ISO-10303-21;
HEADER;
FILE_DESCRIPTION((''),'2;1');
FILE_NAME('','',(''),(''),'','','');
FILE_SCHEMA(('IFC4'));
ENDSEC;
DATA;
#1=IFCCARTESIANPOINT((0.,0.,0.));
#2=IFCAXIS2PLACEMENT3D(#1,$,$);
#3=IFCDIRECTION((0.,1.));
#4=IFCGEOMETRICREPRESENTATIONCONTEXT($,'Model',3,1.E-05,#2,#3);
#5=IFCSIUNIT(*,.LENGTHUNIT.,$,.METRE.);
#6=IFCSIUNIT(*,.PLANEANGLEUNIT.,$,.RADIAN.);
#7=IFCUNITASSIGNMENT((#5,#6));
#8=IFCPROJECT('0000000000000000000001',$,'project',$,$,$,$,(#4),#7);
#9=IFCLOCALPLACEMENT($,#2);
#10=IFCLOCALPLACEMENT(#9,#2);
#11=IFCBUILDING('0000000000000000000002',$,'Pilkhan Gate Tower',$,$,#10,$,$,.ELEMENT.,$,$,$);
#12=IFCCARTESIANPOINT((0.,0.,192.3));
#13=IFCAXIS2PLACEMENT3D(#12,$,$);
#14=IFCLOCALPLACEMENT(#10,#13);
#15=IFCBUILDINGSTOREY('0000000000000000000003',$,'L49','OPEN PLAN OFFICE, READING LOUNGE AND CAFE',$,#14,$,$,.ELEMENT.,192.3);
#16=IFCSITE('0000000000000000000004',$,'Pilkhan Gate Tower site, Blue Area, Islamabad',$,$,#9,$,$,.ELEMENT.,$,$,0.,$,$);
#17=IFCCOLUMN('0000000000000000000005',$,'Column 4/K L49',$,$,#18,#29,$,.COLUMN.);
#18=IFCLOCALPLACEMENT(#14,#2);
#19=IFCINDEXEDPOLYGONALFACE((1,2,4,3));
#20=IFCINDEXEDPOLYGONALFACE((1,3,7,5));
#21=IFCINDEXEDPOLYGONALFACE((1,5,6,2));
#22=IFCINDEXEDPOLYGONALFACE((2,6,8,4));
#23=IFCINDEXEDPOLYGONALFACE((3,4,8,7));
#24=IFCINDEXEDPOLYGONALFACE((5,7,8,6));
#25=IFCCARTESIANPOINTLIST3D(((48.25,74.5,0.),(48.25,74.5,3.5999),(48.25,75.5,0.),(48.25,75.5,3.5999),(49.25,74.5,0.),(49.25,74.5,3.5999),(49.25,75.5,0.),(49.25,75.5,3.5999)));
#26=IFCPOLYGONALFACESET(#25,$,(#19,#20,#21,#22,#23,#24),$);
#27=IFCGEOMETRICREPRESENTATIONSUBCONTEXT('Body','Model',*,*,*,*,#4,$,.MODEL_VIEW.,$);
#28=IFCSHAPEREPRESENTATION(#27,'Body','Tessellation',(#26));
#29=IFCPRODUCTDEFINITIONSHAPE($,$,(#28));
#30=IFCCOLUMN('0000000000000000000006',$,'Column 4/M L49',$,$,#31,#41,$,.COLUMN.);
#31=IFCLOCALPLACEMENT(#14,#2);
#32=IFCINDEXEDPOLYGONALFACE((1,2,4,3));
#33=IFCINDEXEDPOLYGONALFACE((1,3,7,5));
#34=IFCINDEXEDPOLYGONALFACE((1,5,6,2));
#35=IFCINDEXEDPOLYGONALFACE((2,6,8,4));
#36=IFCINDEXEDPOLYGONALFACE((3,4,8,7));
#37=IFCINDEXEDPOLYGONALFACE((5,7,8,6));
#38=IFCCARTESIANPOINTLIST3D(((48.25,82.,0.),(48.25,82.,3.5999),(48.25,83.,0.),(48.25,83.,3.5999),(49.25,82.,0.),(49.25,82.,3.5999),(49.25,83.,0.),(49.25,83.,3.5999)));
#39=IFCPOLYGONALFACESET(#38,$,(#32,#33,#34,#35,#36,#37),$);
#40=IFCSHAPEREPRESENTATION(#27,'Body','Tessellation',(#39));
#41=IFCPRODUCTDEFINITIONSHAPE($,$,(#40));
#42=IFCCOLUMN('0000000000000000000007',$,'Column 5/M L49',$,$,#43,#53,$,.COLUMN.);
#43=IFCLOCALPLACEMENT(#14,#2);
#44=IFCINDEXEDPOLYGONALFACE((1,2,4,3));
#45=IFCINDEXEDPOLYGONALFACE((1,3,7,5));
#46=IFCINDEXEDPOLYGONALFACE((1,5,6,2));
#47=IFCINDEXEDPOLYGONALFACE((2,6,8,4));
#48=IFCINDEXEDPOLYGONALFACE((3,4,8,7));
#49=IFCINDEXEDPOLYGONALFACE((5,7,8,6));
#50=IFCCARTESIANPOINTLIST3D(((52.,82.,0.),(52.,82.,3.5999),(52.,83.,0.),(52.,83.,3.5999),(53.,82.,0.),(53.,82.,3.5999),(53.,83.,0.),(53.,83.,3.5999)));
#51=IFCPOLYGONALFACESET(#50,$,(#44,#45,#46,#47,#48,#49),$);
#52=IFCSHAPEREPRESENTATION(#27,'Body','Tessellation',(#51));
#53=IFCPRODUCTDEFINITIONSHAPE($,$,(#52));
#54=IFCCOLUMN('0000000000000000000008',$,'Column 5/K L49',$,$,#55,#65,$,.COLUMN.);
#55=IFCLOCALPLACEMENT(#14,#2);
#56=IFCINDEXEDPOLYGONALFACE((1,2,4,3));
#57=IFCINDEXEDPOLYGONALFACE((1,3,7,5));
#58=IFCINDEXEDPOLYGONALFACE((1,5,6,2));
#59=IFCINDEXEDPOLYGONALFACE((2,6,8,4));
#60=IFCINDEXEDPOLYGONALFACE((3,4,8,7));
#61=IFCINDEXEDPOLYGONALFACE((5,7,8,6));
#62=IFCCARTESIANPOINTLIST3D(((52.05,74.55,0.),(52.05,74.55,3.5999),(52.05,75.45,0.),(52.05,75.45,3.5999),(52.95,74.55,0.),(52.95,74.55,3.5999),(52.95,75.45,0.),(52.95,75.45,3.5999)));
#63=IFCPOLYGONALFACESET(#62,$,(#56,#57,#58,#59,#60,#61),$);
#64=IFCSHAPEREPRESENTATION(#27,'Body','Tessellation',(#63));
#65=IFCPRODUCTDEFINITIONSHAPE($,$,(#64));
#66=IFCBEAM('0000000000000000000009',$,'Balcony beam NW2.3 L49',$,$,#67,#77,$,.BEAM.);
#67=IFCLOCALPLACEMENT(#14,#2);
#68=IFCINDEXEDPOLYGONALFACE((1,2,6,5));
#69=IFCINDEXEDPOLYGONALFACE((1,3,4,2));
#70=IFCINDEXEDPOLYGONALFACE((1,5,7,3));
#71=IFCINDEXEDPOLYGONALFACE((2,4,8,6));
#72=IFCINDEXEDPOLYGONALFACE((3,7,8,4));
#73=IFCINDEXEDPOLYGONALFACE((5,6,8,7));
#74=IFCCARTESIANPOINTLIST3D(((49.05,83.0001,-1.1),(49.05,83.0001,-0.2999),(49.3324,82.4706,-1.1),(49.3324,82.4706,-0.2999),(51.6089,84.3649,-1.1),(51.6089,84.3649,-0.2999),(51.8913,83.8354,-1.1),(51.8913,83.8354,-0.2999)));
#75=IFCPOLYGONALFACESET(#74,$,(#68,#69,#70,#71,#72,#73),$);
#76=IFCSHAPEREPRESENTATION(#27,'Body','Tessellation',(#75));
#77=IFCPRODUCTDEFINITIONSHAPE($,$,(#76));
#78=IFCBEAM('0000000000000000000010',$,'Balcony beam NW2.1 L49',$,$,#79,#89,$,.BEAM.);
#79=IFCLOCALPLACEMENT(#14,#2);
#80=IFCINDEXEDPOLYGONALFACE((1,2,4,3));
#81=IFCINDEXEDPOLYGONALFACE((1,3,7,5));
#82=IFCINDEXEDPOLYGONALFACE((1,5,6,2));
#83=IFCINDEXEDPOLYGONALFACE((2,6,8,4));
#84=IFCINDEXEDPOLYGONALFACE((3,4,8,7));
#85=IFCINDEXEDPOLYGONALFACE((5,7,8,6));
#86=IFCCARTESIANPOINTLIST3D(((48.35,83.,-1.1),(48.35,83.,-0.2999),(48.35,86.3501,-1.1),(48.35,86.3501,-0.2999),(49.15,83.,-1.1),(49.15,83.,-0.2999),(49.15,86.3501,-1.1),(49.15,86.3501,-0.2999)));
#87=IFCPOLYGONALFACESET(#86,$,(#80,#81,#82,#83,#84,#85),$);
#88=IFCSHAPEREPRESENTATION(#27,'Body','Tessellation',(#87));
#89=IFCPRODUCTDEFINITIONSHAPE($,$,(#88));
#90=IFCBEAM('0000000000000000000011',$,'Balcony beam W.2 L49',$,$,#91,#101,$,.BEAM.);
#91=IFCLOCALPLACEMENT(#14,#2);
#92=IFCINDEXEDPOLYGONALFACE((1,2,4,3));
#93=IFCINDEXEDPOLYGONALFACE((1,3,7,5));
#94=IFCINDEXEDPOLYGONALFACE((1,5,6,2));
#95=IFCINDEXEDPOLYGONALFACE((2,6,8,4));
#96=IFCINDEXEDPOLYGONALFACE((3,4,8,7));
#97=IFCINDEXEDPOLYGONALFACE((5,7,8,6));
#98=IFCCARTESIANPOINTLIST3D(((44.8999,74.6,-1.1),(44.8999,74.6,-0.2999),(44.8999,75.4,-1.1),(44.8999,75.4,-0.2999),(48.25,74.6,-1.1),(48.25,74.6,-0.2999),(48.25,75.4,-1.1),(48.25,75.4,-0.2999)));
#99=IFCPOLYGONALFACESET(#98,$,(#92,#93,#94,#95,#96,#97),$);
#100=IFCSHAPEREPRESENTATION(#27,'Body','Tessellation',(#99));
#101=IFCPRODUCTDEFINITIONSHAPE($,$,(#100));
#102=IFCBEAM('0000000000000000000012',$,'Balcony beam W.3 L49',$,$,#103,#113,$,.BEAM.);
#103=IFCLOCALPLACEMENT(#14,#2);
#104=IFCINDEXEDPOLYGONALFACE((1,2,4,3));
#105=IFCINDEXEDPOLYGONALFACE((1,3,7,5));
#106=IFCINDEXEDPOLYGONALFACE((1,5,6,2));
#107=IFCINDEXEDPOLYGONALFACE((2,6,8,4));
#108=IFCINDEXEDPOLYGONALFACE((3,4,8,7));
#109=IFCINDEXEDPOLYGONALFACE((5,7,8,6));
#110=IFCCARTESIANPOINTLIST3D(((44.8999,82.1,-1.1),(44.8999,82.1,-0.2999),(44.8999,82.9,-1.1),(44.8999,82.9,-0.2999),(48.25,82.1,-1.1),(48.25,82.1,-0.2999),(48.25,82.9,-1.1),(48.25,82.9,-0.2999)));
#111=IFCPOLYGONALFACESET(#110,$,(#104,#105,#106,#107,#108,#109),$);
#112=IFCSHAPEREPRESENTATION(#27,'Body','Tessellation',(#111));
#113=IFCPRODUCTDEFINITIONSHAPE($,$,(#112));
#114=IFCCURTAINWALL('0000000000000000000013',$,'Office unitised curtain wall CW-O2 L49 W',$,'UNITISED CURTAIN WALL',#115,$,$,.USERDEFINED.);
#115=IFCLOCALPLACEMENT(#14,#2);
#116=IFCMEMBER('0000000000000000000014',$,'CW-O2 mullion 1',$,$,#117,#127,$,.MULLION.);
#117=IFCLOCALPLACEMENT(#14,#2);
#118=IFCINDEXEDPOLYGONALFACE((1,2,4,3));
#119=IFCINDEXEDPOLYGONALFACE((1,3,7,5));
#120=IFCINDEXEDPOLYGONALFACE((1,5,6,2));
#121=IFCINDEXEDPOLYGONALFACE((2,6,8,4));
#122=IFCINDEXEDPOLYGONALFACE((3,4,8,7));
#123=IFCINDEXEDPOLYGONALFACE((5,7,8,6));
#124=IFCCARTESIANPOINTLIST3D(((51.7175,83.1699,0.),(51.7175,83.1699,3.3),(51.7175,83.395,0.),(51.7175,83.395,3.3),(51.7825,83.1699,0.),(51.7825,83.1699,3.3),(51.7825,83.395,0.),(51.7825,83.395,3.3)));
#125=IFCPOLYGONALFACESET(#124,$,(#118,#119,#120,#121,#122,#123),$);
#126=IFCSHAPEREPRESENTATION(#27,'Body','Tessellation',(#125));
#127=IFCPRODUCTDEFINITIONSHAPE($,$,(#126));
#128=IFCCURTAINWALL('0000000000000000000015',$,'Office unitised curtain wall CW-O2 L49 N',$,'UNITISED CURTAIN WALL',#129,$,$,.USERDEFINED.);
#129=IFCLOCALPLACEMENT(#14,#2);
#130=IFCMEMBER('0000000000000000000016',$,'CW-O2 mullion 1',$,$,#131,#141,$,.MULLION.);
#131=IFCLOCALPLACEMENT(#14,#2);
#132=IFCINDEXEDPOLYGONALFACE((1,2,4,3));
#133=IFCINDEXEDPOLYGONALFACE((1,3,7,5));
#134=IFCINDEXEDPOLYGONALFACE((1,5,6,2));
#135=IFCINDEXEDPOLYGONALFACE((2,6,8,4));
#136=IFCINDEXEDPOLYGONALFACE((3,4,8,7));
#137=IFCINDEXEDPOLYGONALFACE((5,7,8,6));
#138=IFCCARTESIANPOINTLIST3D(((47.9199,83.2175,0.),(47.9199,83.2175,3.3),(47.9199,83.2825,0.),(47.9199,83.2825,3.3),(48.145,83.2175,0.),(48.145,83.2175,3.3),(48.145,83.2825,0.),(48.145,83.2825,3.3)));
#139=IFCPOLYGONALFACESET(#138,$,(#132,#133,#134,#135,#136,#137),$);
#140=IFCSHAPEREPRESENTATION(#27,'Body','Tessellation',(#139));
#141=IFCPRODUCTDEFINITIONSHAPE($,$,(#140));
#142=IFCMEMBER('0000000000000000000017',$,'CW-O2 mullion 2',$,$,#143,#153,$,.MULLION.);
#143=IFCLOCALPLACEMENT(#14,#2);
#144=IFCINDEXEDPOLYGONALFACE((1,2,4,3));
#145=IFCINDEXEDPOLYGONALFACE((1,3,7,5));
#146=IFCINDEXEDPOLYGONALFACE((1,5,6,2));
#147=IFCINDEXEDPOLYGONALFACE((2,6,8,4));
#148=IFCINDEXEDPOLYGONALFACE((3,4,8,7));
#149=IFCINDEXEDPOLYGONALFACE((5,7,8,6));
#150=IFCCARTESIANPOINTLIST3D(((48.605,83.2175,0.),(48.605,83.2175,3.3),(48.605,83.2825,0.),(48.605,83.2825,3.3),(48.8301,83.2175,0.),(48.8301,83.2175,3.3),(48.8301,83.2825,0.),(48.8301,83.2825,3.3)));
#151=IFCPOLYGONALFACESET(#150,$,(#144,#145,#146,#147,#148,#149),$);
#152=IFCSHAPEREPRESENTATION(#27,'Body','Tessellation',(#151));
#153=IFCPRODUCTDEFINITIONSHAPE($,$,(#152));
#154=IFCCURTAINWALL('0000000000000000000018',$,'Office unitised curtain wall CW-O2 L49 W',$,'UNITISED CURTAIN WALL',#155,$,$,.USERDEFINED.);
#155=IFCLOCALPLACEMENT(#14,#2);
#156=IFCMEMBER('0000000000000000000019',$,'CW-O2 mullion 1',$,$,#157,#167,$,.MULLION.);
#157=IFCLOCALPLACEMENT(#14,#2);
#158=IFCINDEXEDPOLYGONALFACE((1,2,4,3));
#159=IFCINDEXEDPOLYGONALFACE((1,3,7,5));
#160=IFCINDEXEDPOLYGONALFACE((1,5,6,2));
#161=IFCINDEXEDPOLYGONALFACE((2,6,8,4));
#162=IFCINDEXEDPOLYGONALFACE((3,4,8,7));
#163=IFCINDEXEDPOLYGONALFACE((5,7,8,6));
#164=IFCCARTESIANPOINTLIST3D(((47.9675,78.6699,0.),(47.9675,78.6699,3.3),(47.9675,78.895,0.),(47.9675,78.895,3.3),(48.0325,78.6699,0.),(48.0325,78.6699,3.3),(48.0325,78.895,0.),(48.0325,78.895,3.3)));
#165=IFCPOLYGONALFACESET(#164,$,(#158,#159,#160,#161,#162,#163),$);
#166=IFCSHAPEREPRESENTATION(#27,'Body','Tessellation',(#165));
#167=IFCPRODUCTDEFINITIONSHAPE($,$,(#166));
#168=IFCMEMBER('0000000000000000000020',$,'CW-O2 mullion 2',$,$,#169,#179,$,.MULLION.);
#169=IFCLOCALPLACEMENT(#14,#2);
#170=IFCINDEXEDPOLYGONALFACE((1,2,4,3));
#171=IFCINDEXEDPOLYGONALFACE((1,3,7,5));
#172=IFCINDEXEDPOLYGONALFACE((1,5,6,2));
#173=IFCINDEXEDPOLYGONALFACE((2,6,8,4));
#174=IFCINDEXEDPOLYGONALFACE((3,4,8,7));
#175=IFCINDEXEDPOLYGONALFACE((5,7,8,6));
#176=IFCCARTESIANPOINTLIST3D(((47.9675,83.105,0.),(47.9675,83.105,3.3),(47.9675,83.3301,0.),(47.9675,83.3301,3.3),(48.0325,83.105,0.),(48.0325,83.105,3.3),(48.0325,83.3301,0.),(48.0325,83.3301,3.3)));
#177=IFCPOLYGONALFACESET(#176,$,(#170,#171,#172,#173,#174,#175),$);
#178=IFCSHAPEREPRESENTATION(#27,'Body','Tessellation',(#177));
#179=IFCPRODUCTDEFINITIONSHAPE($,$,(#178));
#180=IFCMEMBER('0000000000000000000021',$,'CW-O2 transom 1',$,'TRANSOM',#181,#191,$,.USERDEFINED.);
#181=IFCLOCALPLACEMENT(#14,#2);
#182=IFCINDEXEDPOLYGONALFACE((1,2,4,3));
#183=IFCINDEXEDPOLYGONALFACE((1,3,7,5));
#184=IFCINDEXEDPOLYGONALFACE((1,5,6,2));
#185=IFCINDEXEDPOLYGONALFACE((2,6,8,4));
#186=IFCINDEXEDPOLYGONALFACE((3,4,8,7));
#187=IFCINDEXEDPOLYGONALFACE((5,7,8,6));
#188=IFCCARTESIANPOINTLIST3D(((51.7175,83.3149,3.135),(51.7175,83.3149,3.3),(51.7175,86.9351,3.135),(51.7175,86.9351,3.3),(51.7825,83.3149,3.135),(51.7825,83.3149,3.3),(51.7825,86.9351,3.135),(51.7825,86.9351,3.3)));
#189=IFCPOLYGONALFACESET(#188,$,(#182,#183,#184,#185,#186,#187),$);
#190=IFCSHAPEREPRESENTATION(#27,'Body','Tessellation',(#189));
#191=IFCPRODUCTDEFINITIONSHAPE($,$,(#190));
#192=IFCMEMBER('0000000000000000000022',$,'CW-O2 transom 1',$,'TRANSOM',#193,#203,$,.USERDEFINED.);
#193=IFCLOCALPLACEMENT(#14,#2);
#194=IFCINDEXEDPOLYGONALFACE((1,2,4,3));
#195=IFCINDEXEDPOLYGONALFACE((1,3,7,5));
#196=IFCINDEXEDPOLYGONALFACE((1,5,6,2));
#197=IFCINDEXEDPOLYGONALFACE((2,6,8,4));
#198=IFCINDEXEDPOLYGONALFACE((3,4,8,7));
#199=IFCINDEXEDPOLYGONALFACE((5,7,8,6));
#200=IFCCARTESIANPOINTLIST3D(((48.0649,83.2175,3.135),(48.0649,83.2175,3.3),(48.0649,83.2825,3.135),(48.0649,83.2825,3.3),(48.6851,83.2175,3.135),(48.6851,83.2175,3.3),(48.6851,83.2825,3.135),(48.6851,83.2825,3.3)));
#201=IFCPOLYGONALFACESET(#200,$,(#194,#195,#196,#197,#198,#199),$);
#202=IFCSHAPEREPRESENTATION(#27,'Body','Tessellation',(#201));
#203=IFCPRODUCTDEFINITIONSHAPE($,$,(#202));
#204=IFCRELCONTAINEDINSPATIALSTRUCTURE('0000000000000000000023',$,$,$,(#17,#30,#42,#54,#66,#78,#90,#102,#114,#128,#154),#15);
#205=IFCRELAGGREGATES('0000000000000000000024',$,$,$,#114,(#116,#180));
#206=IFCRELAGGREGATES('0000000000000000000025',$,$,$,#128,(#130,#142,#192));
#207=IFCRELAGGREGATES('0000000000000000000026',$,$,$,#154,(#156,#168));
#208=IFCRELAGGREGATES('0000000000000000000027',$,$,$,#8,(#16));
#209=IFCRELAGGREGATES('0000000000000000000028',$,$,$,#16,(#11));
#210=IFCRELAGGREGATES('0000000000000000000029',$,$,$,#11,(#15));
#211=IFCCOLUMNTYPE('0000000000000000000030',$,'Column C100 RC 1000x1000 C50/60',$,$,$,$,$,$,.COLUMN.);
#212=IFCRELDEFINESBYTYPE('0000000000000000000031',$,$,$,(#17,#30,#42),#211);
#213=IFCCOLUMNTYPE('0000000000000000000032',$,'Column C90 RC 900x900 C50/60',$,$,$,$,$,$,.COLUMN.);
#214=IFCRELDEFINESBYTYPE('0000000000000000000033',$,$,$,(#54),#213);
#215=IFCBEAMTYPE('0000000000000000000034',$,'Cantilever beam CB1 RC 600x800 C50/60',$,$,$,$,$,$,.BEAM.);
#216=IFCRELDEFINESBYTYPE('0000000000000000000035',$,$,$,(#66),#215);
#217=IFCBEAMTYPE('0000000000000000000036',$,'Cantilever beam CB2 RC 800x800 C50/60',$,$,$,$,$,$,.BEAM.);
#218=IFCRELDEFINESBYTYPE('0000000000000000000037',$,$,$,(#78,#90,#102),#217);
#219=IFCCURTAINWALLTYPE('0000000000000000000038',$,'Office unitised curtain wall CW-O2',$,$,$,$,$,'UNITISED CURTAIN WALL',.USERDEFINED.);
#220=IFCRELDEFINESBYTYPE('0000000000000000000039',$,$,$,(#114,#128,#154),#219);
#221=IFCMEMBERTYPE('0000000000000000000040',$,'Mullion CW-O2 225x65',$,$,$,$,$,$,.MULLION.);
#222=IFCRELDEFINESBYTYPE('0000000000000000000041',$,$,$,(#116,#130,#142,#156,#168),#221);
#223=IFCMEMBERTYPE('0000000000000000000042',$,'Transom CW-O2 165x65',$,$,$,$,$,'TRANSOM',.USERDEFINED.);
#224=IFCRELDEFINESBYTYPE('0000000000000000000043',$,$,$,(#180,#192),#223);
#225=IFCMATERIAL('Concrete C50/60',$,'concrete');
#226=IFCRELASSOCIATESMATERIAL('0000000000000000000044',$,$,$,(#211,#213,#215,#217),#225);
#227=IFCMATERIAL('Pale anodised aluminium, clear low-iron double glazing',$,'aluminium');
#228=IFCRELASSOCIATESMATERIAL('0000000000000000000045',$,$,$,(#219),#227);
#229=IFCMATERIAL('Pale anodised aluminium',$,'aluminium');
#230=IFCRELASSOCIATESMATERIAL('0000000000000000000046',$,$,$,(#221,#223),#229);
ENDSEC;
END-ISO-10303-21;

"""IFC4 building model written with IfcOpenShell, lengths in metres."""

from ifc_helpers import new_model, si_unit, direction, frame, origin, origin_2d, place, context, subcontext, project, spatial, rectangle, extrude, material, material_profile, profile_set, type_object, element, aggregate, save


model = new_model("IFC4")

# Units and contexts
model_context = context("Model", 3, precision=1e-05, world=origin(), true_north=direction((0.0, 1.0)))
body_context = subcontext(model_context, "Body", "Model", "MODEL_VIEW")
ifc_project = project(units=[si_unit("LENGTHUNIT", "METRE"), si_unit("PLANEANGLEUNIT", "RADIAN")], contexts=[model_context])

# Site, building, storey
site_placement = place(None, origin())
site = spatial("IfcSite", under=ifc_project, at=site_placement, Name="Pilkhan Gate Tower site, Blue Area, Islamabad", CompositionType="ELEMENT", RefElevation=0.0)
building_placement = place(site_placement, origin())
building = spatial("IfcBuilding", under=site, at=building_placement, Name="Pilkhan Gate Tower", CompositionType="ELEMENT")
storey_placement = place(building_placement, frame((0.0, 0.0, 192.3)))
storey = spatial("IfcBuildingStorey", under=building, at=storey_placement, Name="L49", Description="OPEN PLAN OFFICE, READING LOUNGE AND CAFE", CompositionType="ELEMENT", Elevation=192.3)

# Columns
ifc_material_1 = material(Name="Concrete C50/60", Category="concrete")
ifc_material_profile_1 = material_profile(ifc_material_1, rectangle(XDim=1.0, YDim=1.0, at=origin_2d()), Name="RC 1000x1000")
ifc_profile_set_1 = profile_set([ifc_material_profile_1], Name="Concrete C50/60")
column_type_1 = type_object("IfcColumnType", Name="Column C100 RC 1000x1000 C50/60", PredefinedType="COLUMN", material=ifc_profile_set_1)
for number, where, z_axis, x_axis, name in (
    (1, (48.75, 75.0, 0.0), (0.0, 0.0, 1.0), (1.0, 0.0, 0.0), "Column 4/K L49"),
    (2, (48.75, 82.5, 0.0), (0.0, 0.0, 1.0), (1.0, 0.0, 0.0), "Column 4/M L49"),
    (3, (52.5, 82.5, 0.0), (0.0, 0.0, 1.0), (1.0, 0.0, 0.0), "Column 5/M L49"),
):
    element("IfcColumn", number, at=place(storey_placement, frame(where, z_axis=z_axis, x_axis=x_axis)), inside=storey, type_object=column_type_1, Name=name, PredefinedType="COLUMN", context=body_context, shape_type="SweptSolid", body=[
        extrude(rectangle(XDim=1.0, YDim=1.0, at=origin_2d()), origin(), (0.0, 0.0, 1.0), 3.5999),
    ])
ifc_material_profile_2 = material_profile(ifc_material_1, rectangle(XDim=0.8999, YDim=0.8999, at=origin_2d()), Name="RC 900x900")
ifc_profile_set_2 = profile_set([ifc_material_profile_2], Name="Concrete C50/60")
column_type_2 = type_object("IfcColumnType", Name="Column C90 RC 900x900 C50/60", PredefinedType="COLUMN", material=ifc_profile_set_2)
column_placement = place(storey_placement, frame((52.5, 75.0, 0.0), z_axis=(0.0, 0.0, 1.0), x_axis=(1.0, 0.0, 0.0)))
element("IfcColumn", 4, at=column_placement, inside=storey, type_object=column_type_2, Name="Column 5/K L49", PredefinedType="COLUMN", context=body_context, shape_type="SweptSolid", body=[
    extrude(rectangle(XDim=0.8999, YDim=0.8999, at=origin_2d()), origin(), (0.0, 0.0, 1.0), 3.5999),
])

# Beams
ifc_material_profile_3 = material_profile(ifc_material_1, rectangle(XDim=0.6001, YDim=0.8, at=origin_2d()), Name="RC 600x800")
ifc_profile_set_3 = profile_set([ifc_material_profile_3], Name="Concrete C50/60")
beam_type_1 = type_object("IfcBeamType", Name="Cantilever beam CB1 RC 600x800 C50/60", PredefinedType="BEAM", material=ifc_profile_set_3)
beam_placement = place(storey_placement, frame((49.1912, 82.7354, -0.7), z_axis=(0.882348, 0.470597, 0.0), x_axis=(-0.470597, 0.882348, 0.0)))
element("IfcBeam", 5, at=beam_placement, inside=storey, type_object=beam_type_1, Name="Balcony beam NW2.3 L49", PredefinedType="BEAM", context=body_context, shape_type="SweptSolid", body=[
    extrude(rectangle(XDim=0.6001, YDim=0.8, at=origin_2d()), origin(), (0.0, 0.0, 1.0), 2.9001),
])
ifc_material_profile_4 = material_profile(ifc_material_1, rectangle(XDim=0.8, YDim=0.8, at=origin_2d()), Name="RC 800x800")
ifc_profile_set_4 = profile_set([ifc_material_profile_4], Name="Concrete C50/60")
beam_type_2 = type_object("IfcBeamType", Name="Cantilever beam CB2 RC 800x800 C50/60", PredefinedType="BEAM", material=ifc_profile_set_4)
for number, where, z_axis, x_axis, name in (
    (6, (48.75, 83.0, -0.7), (0.0, 1.0, 0.0), (-1.0, 0.0, 0.0), "Balcony beam NW2.1 L49"),
    (7, (48.25, 75.0, -0.7), (-1.0, 0.0, 0.0), (0.0, -1.0, 0.0), "Balcony beam W.2 L49"),
    (8, (48.25, 82.5, -0.7), (-1.0, 0.0, 0.0), (0.0, -1.0, 0.0), "Balcony beam W.3 L49"),
):
    element("IfcBeam", number, at=place(storey_placement, frame(where, z_axis=z_axis, x_axis=x_axis)), inside=storey, type_object=beam_type_2, Name=name, PredefinedType="BEAM", context=body_context, shape_type="SweptSolid", body=[
        extrude(rectangle(XDim=0.8, YDim=0.8, at=origin_2d()), origin(), (0.0, 0.0, 1.0), 3.3501),
    ])

# Curtain wall, member
ifc_material_2 = material(Name="Pale anodised aluminium, clear low-iron double glazing", Category="aluminium")
curtain_wall_type = type_object("IfcCurtainWallType", Name="Office unitised curtain wall CW-O2", ElementType="UNITISED CURTAIN WALL", PredefinedType="USERDEFINED", material=ifc_material_2)
curtain_wall_1_placement = place(storey_placement, origin())
curtain_wall_1 = element("IfcCurtainWall", 9, at=curtain_wall_1_placement, inside=storey, type_object=curtain_wall_type, Name="Office unitised curtain wall CW-O2 L49 W", ObjectType="UNITISED CURTAIN WALL", PredefinedType="USERDEFINED")
ifc_material_3 = material(Name="Pale anodised aluminium", Category="aluminium")
ifc_material_profile_5 = material_profile(ifc_material_3, rectangle(XDim=0.0649, YDim=0.2251, at=origin_2d()), Name="Mullion 225x65")
ifc_profile_set_5 = profile_set([ifc_material_profile_5], Name="Pale anodised aluminium")
member_type_1 = type_object("IfcMemberType", Name="Mullion CW-O2 225x65", PredefinedType="MULLION", material=ifc_profile_set_5)
member_1_placement = place(storey_placement, frame((51.75, 83.2825, 0.0), z_axis=(0.0, 0.0, 1.0), x_axis=(-1.0, 0.0, 0.0)))
member_1 = element("IfcMember", 10, at=member_1_placement, type_object=member_type_1, Name="CW-O2 mullion 1", PredefinedType="MULLION", context=body_context, shape_type="SweptSolid", body=[
    extrude(rectangle(XDim=0.0649, YDim=0.2251, at=origin_2d()), origin(), (0.0, 0.0, 1.0), 3.3),
])

# Curtain walls, members
curtain_wall_2_placement = place(storey_placement, origin())
curtain_wall_2 = element("IfcCurtainWall", 11, at=curtain_wall_2_placement, inside=storey, type_object=curtain_wall_type, Name="Office unitised curtain wall CW-O2 L49 N", ObjectType="UNITISED CURTAIN WALL", PredefinedType="USERDEFINED")
member_2_placement = place(storey_placement, frame((48.0325, 83.25, 0.0), z_axis=(0.0, 0.0, 1.0), x_axis=(0.0, 1.0, 0.0)))
member_2 = element("IfcMember", 12, at=member_2_placement, type_object=member_type_1, Name="CW-O2 mullion 1", PredefinedType="MULLION", context=body_context, shape_type="SweptSolid", body=[
    extrude(rectangle(XDim=0.0649, YDim=0.2251, at=origin_2d()), origin(), (0.0, 0.0, 1.0), 3.3),
])
member_3_placement = place(storey_placement, frame((48.7175, 83.25, 0.0), z_axis=(0.0, 0.0, 1.0), x_axis=(0.0, 1.0, 0.0)))
member_3 = element("IfcMember", 13, at=member_3_placement, type_object=member_type_1, Name="CW-O2 mullion 2", PredefinedType="MULLION", context=body_context, shape_type="SweptSolid", body=[
    extrude(rectangle(XDim=0.0649, YDim=0.2251, at=origin_2d()), origin(), (0.0, 0.0, 1.0), 3.3),
])
curtain_wall_3_placement = place(storey_placement, origin())
curtain_wall_3 = element("IfcCurtainWall", 14, at=curtain_wall_3_placement, inside=storey, type_object=curtain_wall_type, Name="Office unitised curtain wall CW-O2 L49 W", ObjectType="UNITISED CURTAIN WALL", PredefinedType="USERDEFINED")
member_4_placement = place(storey_placement, frame((48.0, 78.7825, 0.0), z_axis=(0.0, 0.0, 1.0), x_axis=(-1.0, 0.0, 0.0)))
member_4 = element("IfcMember", 15, at=member_4_placement, type_object=member_type_1, Name="CW-O2 mullion 1", PredefinedType="MULLION", context=body_context, shape_type="SweptSolid", body=[
    extrude(rectangle(XDim=0.0649, YDim=0.2251, at=origin_2d()), origin(), (0.0, 0.0, 1.0), 3.3),
])
member_5_placement = place(storey_placement, frame((48.0, 83.2175, 0.0), z_axis=(0.0, 0.0, 1.0), x_axis=(-1.0, 0.0, 0.0)))
member_5 = element("IfcMember", 16, at=member_5_placement, type_object=member_type_1, Name="CW-O2 mullion 2", PredefinedType="MULLION", context=body_context, shape_type="SweptSolid", body=[
    extrude(rectangle(XDim=0.0649, YDim=0.2251, at=origin_2d()), origin(), (0.0, 0.0, 1.0), 3.3),
])

# Members
ifc_material_profile_6 = material_profile(ifc_material_3, rectangle(XDim=0.0649, YDim=0.165, at=origin_2d()), Name="Transom 165x65")
ifc_profile_set_6 = profile_set([ifc_material_profile_6], Name="Pale anodised aluminium")
member_type_2 = type_object("IfcMemberType", Name="Transom CW-O2 165x65", ElementType="TRANSOM", PredefinedType="USERDEFINED", material=ifc_profile_set_6)
member_6_placement = place(storey_placement, frame((51.75, 83.3149, 3.2175), z_axis=(0.0, 1.0, 0.0), x_axis=(-1.0, 0.0, 0.0)))
member_6 = element("IfcMember", 17, at=member_6_placement, type_object=member_type_2, Name="CW-O2 transom 1", ObjectType="TRANSOM", PredefinedType="USERDEFINED", context=body_context, shape_type="SweptSolid", body=[
    extrude(rectangle(XDim=0.0649, YDim=0.165, at=origin_2d()), origin(), (0.0, 0.0, 1.0), 3.6201),
])
aggregate(curtain_wall_1, [member_1, member_6])
member_7_placement = place(storey_placement, frame((48.0649, 83.25, 3.2175), z_axis=(1.0, 0.0, 0.0), x_axis=(0.0, 1.0, 0.0)))
member_7 = element("IfcMember", 18, at=member_7_placement, type_object=member_type_2, Name="CW-O2 transom 1", ObjectType="TRANSOM", PredefinedType="USERDEFINED", context=body_context, shape_type="SweptSolid", body=[
    extrude(rectangle(XDim=0.0649, YDim=0.165, at=origin_2d()), origin(), (0.0, 0.0, 1.0), 0.6201),
])

aggregate(curtain_wall_2, [member_2, member_3, member_7])
aggregate(curtain_wall_3, [member_4, member_5])

save(model, "model.ifc")
